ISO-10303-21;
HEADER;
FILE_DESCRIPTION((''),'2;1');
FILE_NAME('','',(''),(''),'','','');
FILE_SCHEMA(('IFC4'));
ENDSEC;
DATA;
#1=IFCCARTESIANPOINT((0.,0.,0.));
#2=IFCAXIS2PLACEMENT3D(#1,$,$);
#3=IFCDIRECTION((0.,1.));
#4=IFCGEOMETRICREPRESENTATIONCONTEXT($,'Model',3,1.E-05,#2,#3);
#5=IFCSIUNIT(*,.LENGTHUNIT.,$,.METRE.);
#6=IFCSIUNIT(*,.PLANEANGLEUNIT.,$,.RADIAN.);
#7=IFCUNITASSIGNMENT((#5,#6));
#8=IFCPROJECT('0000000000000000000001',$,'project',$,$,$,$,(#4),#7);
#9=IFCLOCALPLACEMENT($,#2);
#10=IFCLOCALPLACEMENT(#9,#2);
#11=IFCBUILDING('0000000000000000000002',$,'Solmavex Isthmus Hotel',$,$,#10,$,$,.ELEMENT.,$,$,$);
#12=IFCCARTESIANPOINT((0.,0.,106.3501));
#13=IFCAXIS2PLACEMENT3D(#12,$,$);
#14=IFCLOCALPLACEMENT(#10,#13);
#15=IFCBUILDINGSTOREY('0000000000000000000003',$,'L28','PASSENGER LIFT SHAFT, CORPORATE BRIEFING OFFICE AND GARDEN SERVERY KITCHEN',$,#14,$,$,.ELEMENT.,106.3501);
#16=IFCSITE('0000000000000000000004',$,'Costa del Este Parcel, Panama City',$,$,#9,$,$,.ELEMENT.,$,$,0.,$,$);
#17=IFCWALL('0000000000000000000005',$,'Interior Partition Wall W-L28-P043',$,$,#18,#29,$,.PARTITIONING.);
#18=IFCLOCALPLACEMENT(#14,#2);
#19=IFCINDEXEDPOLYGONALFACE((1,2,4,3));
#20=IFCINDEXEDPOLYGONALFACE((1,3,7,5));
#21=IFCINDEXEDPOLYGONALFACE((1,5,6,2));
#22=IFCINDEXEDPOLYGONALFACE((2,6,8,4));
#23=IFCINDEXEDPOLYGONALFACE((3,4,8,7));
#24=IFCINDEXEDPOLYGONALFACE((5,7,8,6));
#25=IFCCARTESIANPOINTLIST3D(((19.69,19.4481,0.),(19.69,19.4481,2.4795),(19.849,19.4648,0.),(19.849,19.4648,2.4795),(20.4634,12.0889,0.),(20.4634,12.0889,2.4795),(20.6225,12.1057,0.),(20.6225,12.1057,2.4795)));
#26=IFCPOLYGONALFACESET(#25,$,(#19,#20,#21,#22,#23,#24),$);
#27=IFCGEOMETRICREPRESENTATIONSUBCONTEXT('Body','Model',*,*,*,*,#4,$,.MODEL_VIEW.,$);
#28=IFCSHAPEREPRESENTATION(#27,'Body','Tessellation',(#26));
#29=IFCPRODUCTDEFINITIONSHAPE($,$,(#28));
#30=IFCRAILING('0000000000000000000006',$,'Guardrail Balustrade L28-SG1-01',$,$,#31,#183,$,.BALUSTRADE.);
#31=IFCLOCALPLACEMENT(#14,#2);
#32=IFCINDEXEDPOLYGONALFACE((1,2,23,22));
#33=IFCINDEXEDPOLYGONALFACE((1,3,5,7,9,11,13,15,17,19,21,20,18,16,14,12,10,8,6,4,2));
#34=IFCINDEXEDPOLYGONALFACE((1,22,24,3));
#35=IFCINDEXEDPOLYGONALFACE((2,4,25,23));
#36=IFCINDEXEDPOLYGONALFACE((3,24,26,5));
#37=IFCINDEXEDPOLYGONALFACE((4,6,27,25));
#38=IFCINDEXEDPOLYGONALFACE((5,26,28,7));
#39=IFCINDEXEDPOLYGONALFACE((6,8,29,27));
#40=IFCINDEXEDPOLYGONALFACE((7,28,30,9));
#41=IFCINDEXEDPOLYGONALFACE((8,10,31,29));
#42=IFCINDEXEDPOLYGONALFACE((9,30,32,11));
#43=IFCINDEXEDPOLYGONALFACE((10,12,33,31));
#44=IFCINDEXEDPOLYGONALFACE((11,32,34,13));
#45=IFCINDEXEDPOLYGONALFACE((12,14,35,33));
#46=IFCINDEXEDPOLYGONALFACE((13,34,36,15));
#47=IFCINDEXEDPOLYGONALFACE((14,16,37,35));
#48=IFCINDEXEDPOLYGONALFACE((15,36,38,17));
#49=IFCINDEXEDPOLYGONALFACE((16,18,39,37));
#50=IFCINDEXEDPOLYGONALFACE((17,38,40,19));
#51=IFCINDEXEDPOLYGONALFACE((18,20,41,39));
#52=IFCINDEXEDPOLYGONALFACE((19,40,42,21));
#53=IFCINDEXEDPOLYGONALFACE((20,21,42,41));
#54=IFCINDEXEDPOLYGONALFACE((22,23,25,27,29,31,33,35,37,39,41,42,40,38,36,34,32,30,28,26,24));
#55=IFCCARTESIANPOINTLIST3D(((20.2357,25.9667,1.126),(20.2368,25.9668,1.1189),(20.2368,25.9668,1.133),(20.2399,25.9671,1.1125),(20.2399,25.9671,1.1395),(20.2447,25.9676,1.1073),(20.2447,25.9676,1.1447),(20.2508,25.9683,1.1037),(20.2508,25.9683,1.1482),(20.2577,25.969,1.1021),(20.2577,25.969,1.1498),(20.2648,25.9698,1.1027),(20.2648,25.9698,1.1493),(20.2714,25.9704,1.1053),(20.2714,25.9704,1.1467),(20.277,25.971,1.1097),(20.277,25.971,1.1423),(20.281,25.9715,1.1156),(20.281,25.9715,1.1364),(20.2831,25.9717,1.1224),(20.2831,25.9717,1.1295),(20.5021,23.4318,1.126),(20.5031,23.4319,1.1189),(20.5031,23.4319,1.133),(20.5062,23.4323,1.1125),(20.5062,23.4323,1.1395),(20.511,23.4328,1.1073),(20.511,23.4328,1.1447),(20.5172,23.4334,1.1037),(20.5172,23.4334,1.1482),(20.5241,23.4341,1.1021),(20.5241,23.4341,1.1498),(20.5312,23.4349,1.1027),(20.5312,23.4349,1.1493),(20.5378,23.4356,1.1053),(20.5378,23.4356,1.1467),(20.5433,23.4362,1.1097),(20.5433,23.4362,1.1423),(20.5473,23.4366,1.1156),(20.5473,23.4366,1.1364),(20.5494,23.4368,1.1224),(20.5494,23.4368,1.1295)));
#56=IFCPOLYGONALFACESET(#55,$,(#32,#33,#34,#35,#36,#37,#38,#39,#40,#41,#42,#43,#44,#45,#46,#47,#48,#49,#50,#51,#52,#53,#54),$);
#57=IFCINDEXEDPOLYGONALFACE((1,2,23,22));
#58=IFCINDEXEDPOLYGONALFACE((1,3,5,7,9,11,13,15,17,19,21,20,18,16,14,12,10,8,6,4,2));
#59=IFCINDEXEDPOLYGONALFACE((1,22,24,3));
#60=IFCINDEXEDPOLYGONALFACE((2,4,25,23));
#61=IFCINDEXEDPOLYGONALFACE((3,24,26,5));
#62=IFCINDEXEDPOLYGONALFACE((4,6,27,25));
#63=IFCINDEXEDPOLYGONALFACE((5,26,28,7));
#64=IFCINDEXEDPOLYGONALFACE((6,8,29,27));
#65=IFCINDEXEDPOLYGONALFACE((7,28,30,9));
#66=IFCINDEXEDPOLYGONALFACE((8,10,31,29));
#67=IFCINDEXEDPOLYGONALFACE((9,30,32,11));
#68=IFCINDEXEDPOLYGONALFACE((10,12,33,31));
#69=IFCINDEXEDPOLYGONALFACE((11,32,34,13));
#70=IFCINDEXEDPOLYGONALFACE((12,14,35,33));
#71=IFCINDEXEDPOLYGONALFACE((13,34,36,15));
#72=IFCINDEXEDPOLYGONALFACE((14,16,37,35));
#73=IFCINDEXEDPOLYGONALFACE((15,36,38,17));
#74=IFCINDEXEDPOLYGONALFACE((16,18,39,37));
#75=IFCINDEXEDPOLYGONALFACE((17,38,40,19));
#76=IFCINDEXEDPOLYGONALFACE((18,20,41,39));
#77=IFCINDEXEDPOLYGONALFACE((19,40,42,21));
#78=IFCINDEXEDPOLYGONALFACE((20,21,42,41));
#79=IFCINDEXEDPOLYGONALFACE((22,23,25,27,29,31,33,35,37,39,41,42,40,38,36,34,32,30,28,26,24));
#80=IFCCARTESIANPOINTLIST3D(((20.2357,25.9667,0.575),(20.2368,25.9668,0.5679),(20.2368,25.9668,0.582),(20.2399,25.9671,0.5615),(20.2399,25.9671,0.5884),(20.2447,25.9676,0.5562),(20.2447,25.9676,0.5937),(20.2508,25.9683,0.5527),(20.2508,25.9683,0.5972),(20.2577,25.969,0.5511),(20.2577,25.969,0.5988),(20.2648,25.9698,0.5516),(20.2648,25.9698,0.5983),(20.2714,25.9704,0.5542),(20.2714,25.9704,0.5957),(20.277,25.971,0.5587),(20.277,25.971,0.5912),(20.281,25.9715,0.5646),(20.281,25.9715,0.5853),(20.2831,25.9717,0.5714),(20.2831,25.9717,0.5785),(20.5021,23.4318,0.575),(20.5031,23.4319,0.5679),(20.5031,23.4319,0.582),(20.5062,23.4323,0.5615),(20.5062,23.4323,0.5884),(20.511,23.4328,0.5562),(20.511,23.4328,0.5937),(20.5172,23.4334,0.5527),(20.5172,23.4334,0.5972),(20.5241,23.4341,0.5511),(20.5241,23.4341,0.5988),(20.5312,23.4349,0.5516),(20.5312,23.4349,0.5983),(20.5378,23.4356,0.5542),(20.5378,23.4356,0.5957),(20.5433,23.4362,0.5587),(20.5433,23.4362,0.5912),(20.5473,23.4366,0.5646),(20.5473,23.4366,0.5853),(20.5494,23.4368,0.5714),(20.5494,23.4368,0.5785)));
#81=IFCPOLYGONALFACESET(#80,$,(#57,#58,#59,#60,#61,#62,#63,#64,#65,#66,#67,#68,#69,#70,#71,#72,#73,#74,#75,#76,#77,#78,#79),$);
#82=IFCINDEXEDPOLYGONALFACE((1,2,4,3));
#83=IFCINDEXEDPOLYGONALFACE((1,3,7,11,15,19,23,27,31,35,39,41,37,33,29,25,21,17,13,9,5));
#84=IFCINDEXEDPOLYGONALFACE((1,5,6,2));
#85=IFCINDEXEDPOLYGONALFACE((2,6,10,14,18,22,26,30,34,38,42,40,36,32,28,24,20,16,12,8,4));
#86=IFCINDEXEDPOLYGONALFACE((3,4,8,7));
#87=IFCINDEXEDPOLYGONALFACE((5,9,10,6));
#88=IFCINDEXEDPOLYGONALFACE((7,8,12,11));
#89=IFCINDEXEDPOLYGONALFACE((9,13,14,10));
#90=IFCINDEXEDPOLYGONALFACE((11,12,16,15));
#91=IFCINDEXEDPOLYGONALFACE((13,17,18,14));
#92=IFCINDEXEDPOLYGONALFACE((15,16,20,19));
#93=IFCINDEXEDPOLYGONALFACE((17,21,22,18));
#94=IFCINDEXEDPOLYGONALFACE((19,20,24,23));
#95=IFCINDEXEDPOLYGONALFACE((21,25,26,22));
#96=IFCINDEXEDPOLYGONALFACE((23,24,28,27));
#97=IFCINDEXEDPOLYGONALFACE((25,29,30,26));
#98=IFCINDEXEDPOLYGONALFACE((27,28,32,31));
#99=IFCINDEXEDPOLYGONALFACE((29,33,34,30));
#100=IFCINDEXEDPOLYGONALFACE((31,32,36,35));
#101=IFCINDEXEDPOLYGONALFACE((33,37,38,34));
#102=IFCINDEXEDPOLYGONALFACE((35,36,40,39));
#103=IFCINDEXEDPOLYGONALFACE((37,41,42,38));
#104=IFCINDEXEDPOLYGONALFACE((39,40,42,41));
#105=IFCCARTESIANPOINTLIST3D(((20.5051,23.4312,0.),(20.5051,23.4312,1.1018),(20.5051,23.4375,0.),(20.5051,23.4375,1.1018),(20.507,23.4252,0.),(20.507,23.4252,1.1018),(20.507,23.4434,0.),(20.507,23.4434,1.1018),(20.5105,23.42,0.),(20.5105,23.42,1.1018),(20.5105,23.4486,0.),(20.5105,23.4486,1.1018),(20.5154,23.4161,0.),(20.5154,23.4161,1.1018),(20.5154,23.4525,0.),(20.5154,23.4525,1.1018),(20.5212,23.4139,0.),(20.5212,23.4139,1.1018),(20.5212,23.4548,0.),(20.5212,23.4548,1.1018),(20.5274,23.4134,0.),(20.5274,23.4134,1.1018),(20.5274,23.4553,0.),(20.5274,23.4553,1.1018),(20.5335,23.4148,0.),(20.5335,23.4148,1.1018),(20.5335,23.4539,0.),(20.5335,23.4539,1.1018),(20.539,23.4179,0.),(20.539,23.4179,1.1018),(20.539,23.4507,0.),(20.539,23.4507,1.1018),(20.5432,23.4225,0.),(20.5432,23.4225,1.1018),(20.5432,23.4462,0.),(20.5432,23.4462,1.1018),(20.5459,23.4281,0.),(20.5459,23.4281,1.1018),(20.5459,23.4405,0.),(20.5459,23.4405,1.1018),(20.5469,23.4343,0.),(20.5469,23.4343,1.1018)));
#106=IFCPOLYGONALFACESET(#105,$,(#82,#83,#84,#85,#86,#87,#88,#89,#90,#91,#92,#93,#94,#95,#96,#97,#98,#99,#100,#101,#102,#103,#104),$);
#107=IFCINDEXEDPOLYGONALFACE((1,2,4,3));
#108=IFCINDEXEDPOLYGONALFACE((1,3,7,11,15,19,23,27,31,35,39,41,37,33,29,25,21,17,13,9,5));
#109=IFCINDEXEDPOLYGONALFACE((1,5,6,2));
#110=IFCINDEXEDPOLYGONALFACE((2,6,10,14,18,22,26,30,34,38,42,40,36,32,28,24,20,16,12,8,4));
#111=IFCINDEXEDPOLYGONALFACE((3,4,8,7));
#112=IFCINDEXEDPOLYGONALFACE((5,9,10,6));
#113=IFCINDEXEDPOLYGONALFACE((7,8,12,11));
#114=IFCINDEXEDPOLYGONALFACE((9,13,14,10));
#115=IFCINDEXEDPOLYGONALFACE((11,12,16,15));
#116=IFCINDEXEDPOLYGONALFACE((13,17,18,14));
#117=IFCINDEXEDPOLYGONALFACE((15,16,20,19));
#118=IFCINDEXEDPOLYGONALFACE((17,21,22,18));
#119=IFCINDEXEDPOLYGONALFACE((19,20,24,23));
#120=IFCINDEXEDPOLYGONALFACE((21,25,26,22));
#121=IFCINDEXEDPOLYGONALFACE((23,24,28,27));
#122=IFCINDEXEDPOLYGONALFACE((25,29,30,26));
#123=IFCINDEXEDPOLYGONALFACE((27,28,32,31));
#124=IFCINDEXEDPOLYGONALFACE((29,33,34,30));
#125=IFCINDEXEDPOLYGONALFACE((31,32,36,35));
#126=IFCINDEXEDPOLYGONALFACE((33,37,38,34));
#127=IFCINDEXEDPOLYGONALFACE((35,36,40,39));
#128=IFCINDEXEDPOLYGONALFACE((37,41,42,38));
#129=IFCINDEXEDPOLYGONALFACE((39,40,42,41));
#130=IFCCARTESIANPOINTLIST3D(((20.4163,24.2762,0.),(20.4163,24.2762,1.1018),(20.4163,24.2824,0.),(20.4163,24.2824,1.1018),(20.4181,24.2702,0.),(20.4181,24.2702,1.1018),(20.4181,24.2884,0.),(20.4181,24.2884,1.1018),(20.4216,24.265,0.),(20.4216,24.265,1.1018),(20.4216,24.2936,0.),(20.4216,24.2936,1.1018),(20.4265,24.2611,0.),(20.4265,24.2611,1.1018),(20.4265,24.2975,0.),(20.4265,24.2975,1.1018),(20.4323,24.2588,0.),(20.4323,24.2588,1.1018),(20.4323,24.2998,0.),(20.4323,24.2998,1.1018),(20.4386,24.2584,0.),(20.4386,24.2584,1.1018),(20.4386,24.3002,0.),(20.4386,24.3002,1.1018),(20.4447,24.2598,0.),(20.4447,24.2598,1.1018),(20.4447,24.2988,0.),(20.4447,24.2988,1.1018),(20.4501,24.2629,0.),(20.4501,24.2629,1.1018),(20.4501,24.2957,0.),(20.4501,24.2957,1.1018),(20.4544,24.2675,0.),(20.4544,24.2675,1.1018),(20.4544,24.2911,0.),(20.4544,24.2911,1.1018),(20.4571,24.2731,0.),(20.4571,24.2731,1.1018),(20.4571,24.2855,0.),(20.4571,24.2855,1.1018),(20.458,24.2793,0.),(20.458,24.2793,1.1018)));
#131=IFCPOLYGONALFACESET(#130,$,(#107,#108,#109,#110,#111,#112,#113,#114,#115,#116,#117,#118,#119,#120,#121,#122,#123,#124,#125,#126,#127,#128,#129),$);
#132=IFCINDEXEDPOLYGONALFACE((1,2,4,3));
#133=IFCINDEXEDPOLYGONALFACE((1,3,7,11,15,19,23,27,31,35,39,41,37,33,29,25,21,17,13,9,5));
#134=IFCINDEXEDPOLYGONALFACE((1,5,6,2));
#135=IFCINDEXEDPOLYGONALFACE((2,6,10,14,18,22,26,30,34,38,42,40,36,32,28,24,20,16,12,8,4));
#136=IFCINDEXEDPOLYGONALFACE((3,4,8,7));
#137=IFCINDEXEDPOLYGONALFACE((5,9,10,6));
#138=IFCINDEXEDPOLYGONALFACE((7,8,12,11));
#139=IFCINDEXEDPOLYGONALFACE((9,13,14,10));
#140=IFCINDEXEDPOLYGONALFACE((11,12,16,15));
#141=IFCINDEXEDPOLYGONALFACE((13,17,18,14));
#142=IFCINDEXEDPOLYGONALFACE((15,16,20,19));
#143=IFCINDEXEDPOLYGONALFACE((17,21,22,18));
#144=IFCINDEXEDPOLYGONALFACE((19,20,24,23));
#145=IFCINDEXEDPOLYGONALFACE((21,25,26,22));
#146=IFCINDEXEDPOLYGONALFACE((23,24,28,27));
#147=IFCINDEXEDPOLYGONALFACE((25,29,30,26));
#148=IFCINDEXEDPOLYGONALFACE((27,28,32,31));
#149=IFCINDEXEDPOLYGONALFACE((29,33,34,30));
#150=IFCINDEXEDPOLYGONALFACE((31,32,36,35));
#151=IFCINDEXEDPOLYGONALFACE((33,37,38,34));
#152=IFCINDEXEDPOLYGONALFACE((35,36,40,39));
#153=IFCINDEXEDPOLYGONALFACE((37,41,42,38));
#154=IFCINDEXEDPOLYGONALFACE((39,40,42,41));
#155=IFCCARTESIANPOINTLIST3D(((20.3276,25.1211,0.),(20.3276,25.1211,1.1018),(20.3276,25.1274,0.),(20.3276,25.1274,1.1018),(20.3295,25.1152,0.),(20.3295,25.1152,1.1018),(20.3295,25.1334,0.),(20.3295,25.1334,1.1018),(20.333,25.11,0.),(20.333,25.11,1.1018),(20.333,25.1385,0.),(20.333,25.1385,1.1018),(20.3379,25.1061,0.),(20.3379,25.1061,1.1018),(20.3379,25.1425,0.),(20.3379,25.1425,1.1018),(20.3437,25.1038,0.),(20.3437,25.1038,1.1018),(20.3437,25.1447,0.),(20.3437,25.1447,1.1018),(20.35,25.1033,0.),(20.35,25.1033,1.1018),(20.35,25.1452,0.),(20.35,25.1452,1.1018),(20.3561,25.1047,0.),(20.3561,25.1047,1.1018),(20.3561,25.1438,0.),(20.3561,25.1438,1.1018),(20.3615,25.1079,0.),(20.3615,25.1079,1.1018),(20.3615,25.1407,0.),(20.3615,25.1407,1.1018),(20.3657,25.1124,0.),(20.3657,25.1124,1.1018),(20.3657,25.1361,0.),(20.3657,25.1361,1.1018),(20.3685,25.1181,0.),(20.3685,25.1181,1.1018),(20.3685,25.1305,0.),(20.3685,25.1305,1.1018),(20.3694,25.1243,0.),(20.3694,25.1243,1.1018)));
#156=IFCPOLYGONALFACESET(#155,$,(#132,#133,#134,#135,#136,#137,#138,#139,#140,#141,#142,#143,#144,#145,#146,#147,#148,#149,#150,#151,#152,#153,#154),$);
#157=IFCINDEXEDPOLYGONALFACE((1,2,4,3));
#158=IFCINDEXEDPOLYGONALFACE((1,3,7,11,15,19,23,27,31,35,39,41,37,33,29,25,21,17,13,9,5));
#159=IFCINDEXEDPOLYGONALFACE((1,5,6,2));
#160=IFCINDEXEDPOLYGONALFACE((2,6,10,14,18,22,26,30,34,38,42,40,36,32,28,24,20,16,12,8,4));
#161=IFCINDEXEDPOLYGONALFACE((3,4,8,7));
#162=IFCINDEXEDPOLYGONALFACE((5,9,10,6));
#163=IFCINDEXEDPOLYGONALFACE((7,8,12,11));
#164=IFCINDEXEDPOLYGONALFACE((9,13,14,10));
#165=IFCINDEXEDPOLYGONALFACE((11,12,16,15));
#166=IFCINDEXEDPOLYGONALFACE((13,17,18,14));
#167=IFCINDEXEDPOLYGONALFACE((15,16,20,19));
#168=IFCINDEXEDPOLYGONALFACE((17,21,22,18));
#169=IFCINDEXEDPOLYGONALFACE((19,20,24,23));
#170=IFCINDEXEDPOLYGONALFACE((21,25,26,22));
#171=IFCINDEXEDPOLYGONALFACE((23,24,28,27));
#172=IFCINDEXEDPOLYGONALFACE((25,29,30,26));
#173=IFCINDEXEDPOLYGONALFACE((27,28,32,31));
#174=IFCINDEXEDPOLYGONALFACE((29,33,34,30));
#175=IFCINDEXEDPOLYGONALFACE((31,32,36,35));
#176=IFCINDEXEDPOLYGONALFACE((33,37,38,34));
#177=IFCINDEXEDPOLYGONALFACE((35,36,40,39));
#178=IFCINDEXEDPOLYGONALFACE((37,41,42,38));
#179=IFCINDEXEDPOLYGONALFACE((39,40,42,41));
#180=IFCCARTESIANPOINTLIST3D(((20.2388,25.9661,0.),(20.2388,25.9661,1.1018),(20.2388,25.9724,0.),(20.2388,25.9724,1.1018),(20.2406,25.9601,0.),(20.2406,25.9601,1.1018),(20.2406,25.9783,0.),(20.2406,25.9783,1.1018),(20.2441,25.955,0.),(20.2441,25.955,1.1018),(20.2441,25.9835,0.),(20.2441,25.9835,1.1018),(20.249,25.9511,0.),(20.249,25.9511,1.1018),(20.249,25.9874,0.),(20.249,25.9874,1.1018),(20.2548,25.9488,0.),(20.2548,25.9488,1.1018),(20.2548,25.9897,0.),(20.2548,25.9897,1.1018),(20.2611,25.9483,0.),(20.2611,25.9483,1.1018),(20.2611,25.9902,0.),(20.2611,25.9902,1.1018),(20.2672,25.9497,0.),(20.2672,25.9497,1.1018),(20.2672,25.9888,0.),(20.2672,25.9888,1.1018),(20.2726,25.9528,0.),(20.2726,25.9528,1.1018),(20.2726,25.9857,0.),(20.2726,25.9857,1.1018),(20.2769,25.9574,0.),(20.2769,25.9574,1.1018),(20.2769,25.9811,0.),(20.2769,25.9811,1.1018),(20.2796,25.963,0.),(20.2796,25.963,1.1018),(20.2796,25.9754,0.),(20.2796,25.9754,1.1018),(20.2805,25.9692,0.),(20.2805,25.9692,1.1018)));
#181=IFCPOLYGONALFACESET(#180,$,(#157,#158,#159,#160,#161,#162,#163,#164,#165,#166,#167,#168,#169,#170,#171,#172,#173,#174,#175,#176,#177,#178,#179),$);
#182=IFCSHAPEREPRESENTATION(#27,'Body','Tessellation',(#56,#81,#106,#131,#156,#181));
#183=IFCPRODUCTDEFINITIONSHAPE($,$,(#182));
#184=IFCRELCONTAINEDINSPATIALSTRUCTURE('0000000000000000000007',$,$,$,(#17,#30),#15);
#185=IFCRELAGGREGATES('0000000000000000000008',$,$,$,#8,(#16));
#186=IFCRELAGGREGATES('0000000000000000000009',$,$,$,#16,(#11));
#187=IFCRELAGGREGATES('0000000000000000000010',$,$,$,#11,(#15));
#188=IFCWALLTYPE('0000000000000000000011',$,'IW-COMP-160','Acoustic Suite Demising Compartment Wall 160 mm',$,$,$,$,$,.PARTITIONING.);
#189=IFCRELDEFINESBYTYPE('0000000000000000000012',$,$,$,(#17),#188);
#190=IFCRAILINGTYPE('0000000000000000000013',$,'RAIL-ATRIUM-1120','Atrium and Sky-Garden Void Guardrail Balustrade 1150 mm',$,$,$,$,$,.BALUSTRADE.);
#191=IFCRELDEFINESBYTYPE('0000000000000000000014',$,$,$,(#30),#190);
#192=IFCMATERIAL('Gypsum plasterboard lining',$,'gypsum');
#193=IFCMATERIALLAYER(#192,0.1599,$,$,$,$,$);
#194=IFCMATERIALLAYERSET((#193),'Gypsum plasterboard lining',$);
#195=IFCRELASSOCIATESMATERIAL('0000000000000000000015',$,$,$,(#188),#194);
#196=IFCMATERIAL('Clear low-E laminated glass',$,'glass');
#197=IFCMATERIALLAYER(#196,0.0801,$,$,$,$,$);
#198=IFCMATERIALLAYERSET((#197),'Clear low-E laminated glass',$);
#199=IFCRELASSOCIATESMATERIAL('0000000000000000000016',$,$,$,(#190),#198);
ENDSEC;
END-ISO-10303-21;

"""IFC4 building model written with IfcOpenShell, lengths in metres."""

from ifc_helpers import new_model, si_unit, direction, frame, frame_2d, origin, origin_2d, place, context, subcontext, project, spatial, rectangle, circle, extrude, material, layer, layer_set, type_object, element, save


model = new_model("IFC4")

# Units and contexts
model_context = context("Model", 3, precision=1e-05, world=origin(), true_north=direction((0.0, 1.0)))
body_context = subcontext(model_context, "Body", "Model", "MODEL_VIEW")
ifc_project = project(units=[si_unit("LENGTHUNIT", "METRE"), si_unit("PLANEANGLEUNIT", "RADIAN")], contexts=[model_context])

# Site, building, storey
site_placement = place(None, origin())
site = spatial("IfcSite", under=ifc_project, at=site_placement, Name="Costa del Este Parcel, Panama City", CompositionType="ELEMENT", RefElevation=0.0)
building_placement = place(site_placement, origin())
building = spatial("IfcBuilding", under=site, at=building_placement, Name="Solmavex Isthmus Hotel", CompositionType="ELEMENT")
storey_placement = place(building_placement, frame((0.0, 0.0, 106.3501)))
storey = spatial("IfcBuildingStorey", under=building, at=storey_placement, Name="L28", Description="PASSENGER LIFT SHAFT, CORPORATE BRIEFING OFFICE AND GARDEN SERVERY KITCHEN", CompositionType="ELEMENT", Elevation=106.3501)

# Shared definitions
ifc_material_1 = material(Name="Clear low-E laminated glass", Category="glass")

# Wall
ifc_material_2 = material(Name="Gypsum plasterboard lining", Category="gypsum")
ifc_layer_1 = layer(ifc_material_2, 0.1599)
ifc_layer_set_1 = layer_set([ifc_layer_1], Name="Gypsum plasterboard lining")
wall_type_1 = type_object("IfcWallType", Name="IW-COMP-160", Description="Acoustic Suite Demising Compartment Wall 160 mm", PredefinedType="PARTITIONING", material=ifc_layer_set_1)
wall_1_placement = place(storey_placement, frame((19.7695, 19.4563, 0.0), z_axis=(0.0, 0.0, 1.0), x_axis=(0.104523, -0.994522, 0.0)))
element("IfcWall", 1, at=wall_1_placement, inside=storey, type_object=wall_type_1, Name="Interior Partition Wall W-L28-P043", PredefinedType="PARTITIONING", context=body_context, shape_type="SweptSolid", body=[
    extrude(rectangle(XDim=7.3997, YDim=0.1599, at=frame_2d((3.6997, 0.0))), origin(), (0.0, 0.0, 1.0), 2.4795),
])

# Railing
ifc_layer_2 = layer(ifc_material_1, 0.0801)
ifc_layer_set_2 = layer_set([ifc_layer_2], Name="Clear low-E laminated glass")
railing_type = type_object("IfcRailingType", Name="RAIL-ATRIUM-1120", Description="Atrium and Sky-Garden Void Guardrail Balustrade 1150 mm", PredefinedType="BALUSTRADE", material=ifc_layer_set_2)
railing_1_placement = place(storey_placement, frame((20.5259, 23.4343, 0.0)))
element("IfcRailing", 2, at=railing_1_placement, inside=storey, type_object=railing_type, Name="Guardrail Balustrade L28-SG1-01", PredefinedType="BALUSTRADE", context=body_context, shape_type="SweptSolid", body=[
    extrude(circle(Radius=0.0239, at=origin_2d()), frame((0.0, 0.0, 1.126), z_axis=(-0.1045, 0.994525, 0.0), x_axis=(-0.994525, -0.1045, 0.0)), (0.0, 0.0, 1.0), 2.5488),
    extrude(circle(Radius=0.0239, at=origin_2d()), frame((0.0, 0.0, 0.575), z_axis=(-0.1045, 0.994525, 0.0), x_axis=(-0.994525, -0.1045, 0.0)), (0.0, 0.0, 1.0), 2.5488),
    extrude(circle(Radius=0.021, at=origin_2d()), origin(), (0.0, 0.0, 1.0), 1.1018),
    extrude(circle(Radius=0.021, at=origin_2d()), frame((-0.0889, 0.845, 0.0)), (0.0, 0.0, 1.0), 1.1018),
    extrude(circle(Radius=0.021, at=origin_2d()), frame((-0.1775, 1.6899, 0.0)), (0.0, 0.0, 1.0), 1.1018),
    extrude(circle(Radius=0.021, at=origin_2d()), frame((-0.2664, 2.5349, 0.0)), (0.0, 0.0, 1.0), 1.1018),
])

save(model, "model.ifc")
